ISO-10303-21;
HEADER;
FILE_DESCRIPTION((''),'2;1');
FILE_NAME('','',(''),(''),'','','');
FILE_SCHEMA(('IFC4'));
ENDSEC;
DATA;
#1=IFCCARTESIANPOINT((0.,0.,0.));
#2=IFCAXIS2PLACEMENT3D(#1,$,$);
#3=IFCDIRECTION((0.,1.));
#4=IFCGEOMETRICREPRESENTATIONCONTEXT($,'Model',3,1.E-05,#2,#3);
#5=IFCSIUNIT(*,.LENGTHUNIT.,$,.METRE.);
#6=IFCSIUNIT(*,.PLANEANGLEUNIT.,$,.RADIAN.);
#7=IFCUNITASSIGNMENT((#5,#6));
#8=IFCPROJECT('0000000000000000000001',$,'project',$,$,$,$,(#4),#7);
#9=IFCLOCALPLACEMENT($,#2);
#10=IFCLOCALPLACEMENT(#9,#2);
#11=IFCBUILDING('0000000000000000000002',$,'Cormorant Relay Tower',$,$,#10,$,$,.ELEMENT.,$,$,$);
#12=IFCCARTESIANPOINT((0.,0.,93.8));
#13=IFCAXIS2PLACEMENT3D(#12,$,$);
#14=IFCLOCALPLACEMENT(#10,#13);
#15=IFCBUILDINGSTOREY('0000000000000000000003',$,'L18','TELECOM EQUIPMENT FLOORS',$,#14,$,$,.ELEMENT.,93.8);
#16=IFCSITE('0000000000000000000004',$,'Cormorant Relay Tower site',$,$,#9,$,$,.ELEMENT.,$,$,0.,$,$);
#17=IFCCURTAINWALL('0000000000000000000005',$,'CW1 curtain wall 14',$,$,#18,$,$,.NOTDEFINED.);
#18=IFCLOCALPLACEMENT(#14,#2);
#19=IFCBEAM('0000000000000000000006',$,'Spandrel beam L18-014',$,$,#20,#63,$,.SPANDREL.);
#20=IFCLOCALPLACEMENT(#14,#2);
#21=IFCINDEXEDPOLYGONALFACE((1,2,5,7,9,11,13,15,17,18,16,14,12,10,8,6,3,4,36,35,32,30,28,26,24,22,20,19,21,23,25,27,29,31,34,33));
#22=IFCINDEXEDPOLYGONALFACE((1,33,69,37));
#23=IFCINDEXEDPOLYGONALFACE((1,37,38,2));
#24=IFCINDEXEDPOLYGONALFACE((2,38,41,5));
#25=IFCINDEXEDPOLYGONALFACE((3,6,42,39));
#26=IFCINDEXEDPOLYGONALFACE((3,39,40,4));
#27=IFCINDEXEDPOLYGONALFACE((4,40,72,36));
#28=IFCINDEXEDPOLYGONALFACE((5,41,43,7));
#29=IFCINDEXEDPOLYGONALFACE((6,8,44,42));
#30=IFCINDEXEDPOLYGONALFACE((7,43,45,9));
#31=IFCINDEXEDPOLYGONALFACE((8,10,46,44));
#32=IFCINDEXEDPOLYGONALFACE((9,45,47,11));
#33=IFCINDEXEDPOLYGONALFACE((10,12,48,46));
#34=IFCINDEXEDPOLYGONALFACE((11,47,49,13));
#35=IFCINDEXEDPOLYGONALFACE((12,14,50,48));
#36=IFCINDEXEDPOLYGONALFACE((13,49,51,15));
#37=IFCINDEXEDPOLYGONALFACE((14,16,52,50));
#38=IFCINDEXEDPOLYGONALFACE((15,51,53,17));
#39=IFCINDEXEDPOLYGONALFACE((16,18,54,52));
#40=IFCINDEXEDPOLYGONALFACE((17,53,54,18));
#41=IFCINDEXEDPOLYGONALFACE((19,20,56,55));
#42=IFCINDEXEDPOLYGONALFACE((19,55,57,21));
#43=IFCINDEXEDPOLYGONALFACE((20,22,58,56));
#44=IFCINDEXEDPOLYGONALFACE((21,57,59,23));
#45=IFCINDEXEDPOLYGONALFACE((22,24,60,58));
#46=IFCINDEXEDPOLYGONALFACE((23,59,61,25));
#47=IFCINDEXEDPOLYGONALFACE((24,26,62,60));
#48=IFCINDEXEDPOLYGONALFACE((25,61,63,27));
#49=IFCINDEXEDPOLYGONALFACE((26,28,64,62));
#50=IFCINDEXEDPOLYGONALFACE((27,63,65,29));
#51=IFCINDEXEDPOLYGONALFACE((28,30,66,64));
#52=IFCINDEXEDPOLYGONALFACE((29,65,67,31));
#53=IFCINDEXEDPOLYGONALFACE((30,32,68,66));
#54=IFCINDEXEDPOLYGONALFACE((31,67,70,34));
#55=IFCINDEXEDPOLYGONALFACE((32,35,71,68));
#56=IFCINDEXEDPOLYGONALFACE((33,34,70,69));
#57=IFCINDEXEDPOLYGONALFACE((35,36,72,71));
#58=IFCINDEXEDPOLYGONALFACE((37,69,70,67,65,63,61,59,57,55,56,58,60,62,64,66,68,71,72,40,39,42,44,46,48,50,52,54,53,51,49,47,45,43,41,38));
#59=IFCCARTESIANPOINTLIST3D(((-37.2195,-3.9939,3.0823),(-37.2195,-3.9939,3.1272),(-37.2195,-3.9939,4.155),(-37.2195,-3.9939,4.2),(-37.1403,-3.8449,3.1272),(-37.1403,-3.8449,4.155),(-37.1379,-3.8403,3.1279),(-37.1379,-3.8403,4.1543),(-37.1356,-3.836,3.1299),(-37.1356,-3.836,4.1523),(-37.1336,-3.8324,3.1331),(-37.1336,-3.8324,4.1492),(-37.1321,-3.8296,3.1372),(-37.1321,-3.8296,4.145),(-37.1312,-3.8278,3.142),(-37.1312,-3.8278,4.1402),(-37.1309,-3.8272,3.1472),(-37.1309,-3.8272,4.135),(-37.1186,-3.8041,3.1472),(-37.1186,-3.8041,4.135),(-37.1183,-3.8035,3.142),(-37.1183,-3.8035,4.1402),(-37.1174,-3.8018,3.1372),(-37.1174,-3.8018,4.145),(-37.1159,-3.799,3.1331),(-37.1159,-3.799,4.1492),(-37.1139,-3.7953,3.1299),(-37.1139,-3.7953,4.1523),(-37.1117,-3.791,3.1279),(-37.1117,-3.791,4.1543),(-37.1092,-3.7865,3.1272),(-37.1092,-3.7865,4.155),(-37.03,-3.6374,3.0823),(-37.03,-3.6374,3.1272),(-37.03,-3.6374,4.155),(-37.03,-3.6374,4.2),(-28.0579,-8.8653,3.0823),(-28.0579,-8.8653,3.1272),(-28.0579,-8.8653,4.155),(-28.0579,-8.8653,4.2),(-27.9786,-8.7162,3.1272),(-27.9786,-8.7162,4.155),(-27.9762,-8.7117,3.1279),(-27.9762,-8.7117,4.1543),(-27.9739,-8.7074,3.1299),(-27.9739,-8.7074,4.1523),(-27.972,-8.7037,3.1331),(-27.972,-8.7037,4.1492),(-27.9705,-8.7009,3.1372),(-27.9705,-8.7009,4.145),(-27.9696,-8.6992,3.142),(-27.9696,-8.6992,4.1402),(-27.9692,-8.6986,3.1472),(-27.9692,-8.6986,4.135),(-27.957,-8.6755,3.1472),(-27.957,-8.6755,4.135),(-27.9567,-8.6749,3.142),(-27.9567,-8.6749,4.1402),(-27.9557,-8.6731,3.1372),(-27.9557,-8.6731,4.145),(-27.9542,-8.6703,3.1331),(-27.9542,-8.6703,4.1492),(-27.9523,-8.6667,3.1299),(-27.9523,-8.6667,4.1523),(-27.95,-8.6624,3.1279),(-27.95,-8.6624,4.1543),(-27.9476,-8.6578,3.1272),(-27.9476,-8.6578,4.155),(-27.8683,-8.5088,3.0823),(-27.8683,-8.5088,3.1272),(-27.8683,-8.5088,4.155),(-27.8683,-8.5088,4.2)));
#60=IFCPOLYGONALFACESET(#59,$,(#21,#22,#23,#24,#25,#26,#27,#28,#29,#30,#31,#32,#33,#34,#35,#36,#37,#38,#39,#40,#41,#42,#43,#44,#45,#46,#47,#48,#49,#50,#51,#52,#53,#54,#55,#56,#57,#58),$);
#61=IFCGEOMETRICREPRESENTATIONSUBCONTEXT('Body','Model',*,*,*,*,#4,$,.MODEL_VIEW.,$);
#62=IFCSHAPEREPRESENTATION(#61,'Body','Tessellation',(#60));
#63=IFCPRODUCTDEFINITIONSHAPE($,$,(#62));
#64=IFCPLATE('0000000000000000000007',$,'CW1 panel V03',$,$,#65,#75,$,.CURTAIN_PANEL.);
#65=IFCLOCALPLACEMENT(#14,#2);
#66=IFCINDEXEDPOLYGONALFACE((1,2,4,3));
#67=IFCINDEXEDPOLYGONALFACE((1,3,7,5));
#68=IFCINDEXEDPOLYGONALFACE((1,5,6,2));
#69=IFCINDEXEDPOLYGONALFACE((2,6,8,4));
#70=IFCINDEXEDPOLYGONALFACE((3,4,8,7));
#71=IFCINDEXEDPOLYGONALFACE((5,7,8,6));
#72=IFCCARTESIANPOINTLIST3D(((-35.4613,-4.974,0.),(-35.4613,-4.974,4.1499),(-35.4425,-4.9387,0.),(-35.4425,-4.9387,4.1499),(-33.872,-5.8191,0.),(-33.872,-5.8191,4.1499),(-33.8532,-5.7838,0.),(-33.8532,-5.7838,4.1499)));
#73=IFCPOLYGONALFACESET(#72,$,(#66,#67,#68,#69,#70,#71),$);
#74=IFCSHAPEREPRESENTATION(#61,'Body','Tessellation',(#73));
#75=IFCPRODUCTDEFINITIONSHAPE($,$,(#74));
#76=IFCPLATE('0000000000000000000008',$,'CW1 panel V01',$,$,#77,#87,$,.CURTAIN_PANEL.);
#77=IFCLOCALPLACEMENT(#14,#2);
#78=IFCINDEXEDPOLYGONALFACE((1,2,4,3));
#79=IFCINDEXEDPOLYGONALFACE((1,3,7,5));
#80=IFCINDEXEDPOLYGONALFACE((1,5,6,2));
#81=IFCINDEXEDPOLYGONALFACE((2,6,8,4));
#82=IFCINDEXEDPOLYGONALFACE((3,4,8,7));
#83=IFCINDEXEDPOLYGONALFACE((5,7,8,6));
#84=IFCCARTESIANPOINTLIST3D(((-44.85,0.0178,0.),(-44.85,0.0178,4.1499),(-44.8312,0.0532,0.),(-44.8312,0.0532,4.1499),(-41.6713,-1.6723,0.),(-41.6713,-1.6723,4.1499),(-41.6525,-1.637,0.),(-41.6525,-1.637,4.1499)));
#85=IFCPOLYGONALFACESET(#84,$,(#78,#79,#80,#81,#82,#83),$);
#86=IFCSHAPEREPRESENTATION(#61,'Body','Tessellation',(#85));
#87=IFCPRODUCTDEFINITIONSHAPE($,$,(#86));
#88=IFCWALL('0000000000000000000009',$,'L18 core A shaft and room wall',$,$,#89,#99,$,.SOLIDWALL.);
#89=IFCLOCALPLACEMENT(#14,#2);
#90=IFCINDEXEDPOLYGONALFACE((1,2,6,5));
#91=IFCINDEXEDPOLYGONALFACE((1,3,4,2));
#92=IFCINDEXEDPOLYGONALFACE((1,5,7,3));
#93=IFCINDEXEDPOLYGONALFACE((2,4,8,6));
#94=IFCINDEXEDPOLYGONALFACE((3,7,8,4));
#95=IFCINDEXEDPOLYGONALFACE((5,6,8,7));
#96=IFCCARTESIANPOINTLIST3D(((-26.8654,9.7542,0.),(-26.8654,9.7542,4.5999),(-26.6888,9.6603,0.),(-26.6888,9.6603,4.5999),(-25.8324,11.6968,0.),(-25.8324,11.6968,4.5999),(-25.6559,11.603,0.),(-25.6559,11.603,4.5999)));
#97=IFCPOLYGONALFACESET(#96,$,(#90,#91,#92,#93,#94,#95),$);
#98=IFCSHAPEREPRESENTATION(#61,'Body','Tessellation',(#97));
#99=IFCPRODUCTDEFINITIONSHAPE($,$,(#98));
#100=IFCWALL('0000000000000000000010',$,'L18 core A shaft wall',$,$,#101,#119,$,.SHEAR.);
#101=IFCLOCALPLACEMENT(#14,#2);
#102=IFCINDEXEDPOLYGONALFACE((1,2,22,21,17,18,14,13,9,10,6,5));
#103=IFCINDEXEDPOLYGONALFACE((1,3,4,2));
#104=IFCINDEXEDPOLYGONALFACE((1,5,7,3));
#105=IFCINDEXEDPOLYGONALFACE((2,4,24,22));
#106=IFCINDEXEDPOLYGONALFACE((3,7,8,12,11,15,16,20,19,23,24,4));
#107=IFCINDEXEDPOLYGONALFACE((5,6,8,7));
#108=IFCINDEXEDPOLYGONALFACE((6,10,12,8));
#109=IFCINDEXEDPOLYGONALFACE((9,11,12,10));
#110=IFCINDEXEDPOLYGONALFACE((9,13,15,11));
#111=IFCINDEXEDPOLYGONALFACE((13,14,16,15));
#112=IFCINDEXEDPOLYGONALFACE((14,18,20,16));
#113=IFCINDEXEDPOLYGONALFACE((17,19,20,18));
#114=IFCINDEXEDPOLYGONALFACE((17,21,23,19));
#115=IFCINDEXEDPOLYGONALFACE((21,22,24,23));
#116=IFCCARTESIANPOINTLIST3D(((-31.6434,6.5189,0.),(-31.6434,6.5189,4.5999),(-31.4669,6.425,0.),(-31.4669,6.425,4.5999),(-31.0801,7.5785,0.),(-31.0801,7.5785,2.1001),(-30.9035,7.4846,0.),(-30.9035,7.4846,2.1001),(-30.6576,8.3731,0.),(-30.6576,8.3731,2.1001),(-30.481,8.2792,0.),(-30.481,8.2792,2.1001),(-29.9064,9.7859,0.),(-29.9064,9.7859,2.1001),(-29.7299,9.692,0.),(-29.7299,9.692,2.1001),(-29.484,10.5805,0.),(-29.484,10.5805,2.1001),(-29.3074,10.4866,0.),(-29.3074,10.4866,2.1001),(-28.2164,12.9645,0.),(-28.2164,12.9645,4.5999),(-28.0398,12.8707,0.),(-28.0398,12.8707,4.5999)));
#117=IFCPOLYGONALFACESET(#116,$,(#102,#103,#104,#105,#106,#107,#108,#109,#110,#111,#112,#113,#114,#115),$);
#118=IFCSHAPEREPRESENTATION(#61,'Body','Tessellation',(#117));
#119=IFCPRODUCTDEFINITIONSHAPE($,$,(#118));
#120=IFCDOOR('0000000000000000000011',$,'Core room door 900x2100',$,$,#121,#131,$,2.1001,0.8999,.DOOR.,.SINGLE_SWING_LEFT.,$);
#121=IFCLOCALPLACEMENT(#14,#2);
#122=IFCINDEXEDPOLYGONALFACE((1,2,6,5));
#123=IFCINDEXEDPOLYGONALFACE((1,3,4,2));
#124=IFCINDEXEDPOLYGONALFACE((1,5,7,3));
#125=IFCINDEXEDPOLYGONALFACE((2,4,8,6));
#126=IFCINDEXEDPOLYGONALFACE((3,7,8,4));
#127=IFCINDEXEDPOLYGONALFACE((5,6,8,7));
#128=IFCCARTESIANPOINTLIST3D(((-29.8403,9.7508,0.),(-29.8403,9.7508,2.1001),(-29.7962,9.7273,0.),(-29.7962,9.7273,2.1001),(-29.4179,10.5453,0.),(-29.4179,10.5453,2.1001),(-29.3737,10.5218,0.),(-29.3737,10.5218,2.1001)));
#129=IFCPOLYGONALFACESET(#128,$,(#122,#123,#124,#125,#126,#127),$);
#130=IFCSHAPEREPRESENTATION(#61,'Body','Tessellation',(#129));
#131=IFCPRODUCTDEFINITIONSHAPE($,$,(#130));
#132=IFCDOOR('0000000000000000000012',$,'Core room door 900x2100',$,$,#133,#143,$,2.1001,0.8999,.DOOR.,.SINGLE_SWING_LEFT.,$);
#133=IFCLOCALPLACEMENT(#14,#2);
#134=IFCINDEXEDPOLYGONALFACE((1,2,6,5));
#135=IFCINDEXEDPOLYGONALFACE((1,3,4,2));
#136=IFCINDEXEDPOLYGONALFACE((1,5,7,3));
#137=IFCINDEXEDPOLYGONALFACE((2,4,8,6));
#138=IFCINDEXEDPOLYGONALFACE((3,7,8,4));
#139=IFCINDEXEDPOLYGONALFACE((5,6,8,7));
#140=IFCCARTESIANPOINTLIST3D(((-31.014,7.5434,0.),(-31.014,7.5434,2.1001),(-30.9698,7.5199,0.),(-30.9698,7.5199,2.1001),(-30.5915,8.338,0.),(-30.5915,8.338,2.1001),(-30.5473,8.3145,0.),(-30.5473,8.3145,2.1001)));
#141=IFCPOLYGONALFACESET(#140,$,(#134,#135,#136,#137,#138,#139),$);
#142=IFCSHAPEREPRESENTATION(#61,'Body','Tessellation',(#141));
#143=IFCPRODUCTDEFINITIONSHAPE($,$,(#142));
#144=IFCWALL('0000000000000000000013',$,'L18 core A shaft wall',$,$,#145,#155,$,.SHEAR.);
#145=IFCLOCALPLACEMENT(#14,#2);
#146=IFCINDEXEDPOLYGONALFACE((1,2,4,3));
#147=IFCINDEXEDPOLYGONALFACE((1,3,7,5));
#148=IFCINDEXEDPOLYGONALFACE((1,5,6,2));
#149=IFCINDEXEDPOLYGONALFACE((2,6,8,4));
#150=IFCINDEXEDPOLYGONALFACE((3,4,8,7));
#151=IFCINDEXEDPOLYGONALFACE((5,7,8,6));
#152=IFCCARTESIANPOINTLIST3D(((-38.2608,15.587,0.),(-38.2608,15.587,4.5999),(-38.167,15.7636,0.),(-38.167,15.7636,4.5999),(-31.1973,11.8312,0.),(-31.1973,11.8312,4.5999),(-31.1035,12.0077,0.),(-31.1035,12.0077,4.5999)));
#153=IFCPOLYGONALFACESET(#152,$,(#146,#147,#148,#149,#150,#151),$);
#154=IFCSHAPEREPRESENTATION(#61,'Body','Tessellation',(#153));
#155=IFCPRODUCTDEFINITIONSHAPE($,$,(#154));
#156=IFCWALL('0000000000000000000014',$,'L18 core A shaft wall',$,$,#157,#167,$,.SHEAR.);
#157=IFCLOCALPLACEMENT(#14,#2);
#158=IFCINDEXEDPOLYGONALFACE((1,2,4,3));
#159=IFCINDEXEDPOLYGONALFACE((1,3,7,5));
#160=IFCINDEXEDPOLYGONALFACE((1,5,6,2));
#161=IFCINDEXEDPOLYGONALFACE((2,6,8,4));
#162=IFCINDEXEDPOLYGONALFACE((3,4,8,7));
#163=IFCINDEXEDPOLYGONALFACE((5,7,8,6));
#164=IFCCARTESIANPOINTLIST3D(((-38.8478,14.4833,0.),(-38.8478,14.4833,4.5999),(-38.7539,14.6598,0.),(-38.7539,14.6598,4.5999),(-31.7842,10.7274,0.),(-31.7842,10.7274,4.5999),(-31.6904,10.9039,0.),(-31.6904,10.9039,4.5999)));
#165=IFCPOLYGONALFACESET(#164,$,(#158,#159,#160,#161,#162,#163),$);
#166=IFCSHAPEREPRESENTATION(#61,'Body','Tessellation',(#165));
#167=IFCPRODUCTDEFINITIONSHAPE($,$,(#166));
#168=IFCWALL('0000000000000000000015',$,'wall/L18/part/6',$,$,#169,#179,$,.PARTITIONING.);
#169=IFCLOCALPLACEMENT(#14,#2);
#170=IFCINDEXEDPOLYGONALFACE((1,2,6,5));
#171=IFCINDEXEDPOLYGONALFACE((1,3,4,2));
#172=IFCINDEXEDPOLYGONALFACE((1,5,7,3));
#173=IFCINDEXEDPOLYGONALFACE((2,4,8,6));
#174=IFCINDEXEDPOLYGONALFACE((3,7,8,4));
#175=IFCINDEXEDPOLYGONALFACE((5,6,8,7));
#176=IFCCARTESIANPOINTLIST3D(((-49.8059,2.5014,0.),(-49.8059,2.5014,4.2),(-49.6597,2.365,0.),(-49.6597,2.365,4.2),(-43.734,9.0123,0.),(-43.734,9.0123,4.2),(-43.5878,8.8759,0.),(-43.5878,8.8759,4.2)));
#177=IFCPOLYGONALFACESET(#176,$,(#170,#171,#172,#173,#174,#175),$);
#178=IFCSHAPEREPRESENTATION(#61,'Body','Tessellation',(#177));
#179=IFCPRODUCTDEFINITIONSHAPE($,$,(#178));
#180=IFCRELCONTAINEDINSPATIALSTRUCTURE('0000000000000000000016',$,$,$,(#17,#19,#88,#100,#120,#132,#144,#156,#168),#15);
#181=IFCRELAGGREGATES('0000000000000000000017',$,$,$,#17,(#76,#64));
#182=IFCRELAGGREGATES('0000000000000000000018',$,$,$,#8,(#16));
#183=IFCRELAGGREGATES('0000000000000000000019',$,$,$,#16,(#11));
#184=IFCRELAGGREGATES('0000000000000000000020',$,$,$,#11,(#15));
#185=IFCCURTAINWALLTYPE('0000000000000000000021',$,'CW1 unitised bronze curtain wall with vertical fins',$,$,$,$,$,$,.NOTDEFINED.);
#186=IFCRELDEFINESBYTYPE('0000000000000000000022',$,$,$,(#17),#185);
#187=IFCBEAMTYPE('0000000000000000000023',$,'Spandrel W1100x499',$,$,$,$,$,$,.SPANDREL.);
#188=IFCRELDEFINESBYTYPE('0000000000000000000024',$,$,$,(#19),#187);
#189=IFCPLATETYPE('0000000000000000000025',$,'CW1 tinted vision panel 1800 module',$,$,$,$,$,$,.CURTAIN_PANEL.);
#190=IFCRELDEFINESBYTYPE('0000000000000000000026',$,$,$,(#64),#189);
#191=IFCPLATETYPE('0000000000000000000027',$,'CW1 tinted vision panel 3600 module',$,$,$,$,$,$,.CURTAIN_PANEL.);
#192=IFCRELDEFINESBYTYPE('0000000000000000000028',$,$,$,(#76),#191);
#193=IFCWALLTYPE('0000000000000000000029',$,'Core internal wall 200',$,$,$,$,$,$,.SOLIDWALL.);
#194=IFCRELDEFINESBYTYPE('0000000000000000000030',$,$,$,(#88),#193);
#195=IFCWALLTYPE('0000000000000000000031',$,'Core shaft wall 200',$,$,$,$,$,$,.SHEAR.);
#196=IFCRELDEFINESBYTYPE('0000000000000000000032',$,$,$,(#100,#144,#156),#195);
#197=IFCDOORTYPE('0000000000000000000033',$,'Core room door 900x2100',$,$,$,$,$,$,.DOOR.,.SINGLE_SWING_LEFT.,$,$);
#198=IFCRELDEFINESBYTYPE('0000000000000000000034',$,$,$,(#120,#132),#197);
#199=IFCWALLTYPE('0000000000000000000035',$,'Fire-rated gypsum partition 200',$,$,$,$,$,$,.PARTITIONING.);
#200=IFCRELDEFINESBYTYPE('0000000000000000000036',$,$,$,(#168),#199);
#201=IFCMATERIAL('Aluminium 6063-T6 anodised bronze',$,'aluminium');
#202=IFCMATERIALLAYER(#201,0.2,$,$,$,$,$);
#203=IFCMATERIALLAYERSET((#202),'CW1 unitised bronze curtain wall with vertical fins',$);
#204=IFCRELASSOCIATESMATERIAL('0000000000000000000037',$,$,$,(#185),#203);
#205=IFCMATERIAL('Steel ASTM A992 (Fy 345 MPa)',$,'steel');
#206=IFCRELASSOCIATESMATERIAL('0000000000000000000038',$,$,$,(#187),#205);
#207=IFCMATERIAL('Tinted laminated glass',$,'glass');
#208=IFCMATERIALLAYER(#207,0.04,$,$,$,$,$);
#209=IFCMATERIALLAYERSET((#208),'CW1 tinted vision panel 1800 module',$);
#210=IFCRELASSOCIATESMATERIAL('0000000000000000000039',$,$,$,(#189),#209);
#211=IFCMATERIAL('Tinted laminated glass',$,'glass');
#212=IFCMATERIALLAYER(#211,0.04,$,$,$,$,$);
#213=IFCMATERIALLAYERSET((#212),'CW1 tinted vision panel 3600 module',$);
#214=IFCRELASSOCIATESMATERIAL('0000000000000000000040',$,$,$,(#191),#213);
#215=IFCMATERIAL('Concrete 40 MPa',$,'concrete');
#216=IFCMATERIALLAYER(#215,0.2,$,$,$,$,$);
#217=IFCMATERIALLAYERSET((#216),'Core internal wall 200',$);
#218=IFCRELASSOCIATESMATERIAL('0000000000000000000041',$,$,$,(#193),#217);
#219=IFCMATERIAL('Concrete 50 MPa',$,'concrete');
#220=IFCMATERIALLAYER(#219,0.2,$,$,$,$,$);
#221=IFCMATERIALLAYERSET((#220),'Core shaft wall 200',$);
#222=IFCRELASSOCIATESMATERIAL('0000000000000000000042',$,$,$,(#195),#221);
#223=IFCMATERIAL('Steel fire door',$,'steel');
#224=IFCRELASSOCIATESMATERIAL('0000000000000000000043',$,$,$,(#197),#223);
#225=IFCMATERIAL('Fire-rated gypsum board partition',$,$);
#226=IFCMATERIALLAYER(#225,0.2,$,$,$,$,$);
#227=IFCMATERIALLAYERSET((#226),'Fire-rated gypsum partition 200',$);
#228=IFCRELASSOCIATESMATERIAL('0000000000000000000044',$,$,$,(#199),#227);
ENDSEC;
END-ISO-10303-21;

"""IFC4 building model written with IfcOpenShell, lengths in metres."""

from ifc_helpers import new_model, si_unit, direction, frame, frame_2d, origin, origin_2d, place, context, subcontext, project, spatial, rectangle, i_section, extrude, material, layer, layer_set, material_profile, profile_set, type_object, element, fill, aggregate, save


model = new_model("IFC4")

# Units and contexts
model_context = context("Model", 3, precision=1e-05, world=origin(), true_north=direction((0.0, 1.0)))
body_context = subcontext(model_context, "Body", "Model", "MODEL_VIEW")
ifc_project = project(units=[si_unit("LENGTHUNIT", "METRE"), si_unit("PLANEANGLEUNIT", "RADIAN")], contexts=[model_context])

# Site, building, storey
site_placement = place(None, origin())
site = spatial("IfcSite", under=ifc_project, at=site_placement, Name="Cormorant Relay Tower site", CompositionType="ELEMENT", RefElevation=0.0)
building_placement = place(site_placement, origin())
building = spatial("IfcBuilding", under=site, at=building_placement, Name="Cormorant Relay Tower", CompositionType="ELEMENT")
storey_placement = place(building_placement, frame((0.0, 0.0, 93.8)))
storey = spatial("IfcBuildingStorey", under=building, at=storey_placement, Name="L18", Description="TELECOM EQUIPMENT FLOORS", CompositionType="ELEMENT", Elevation=93.8)

# Curtain wall
ifc_material_1 = material(Name="Aluminium 6063-T6 anodised bronze", Category="aluminium")
ifc_layer_1 = layer(ifc_material_1, 0.2)
ifc_layer_set_1 = layer_set([ifc_layer_1], Name="CW1 unitised bronze curtain wall with vertical fins")
curtain_wall_type = type_object("IfcCurtainWallType", Name="CW1 unitised bronze curtain wall with vertical fins", PredefinedType="NOTDEFINED", material=ifc_layer_set_1)
curtain_wall_placement = place(storey_placement, origin())
curtain_wall = element("IfcCurtainWall", 1, at=curtain_wall_placement, inside=storey, type_object=curtain_wall_type, Name="CW1 curtain wall 14", PredefinedType="NOTDEFINED")

# Beam
ifc_material_2 = material(Name="Steel ASTM A992 (Fy 345 MPa)", Category="steel")
ifc_material_profile_1 = material_profile(ifc_material_2, i_section(OverallWidth=0.4038, OverallDepth=1.1177, WebThickness=0.0261, FlangeThickness=0.0449, FilletRadius=0.02, at=origin_2d()), Name="W1100x499")
ifc_profile_set_1 = profile_set([ifc_material_profile_1], Name="Steel ASTM A992 (Fy 345 MPa)")
beam_type = type_object("IfcBeamType", Name="Spandrel W1100x499", PredefinedType="SPANDREL", material=ifc_profile_set_1)
beam_placement = place(storey_placement, frame((-37.1248, -3.8157, 3.6411), z_axis=(0.882947, -0.469473, 0.0), x_axis=(0.469473, 0.882947, 0.0)))
element("IfcBeam", 2, at=beam_placement, inside=storey, type_object=beam_type, Name="Spandrel beam L18-014", PredefinedType="SPANDREL", context=body_context, shape_type="SweptSolid", body=[
    extrude(i_section(OverallWidth=0.4038, OverallDepth=1.1177, WebThickness=0.0261, FlangeThickness=0.0449, FilletRadius=0.02, at=origin_2d()), origin(), (0.0, 0.0, 1.0), 10.3762),
])

# Plates
ifc_material_3 = material(Name="Tinted laminated glass", Category="glass")
ifc_layer_2 = layer(ifc_material_3, 0.04)
ifc_layer_set_2 = layer_set([ifc_layer_2], Name="CW1 tinted vision panel 1800 module")
plate_type_1 = type_object("IfcPlateType", Name="CW1 tinted vision panel 1800 module", PredefinedType="CURTAIN_PANEL", material=ifc_layer_set_2)
plate_1_placement = place(storey_placement, frame((-34.6572, -5.3789, 0.0), z_axis=(0.0, 0.0, 1.0), x_axis=(0.882948, -0.469472, 0.0)))
plate_1 = element("IfcPlate", 3, at=plate_1_placement, type_object=plate_type_1, Name="CW1 panel V03", PredefinedType="CURTAIN_PANEL", context=body_context, shape_type="SweptSolid", body=[
    extrude(rectangle(XDim=1.8, YDim=0.04, at=origin_2d()), origin(), (0.0, 0.0, 1.0), 4.1499),
])
ifc_material_4 = material(Name="Tinted laminated glass", Category="glass")
ifc_layer_3 = layer(ifc_material_4, 0.04)
ifc_layer_set_3 = layer_set([ifc_layer_3], Name="CW1 tinted vision panel 3600 module")
plate_type_2 = type_object("IfcPlateType", Name="CW1 tinted vision panel 3600 module", PredefinedType="CURTAIN_PANEL", material=ifc_layer_set_3)
plate_2_placement = place(storey_placement, frame((-43.2512, -0.8096, 0.0), z_axis=(0.0, 0.0, 1.0), x_axis=(0.882948, -0.469472, 0.0)))
plate_2 = element("IfcPlate", 4, at=plate_2_placement, type_object=plate_type_2, Name="CW1 panel V01", PredefinedType="CURTAIN_PANEL", context=body_context, shape_type="SweptSolid", body=[
    extrude(rectangle(XDim=3.6001, YDim=0.04, at=origin_2d()), origin(), (0.0, 0.0, 1.0), 4.1499),
])

# Wall
ifc_material_5 = material(Name="Concrete 40 MPa", Category="concrete")
ifc_layer_4 = layer(ifc_material_5, 0.2)
ifc_layer_set_4 = layer_set([ifc_layer_4], Name="Core internal wall 200")
wall_type_1 = type_object("IfcWallType", Name="Core internal wall 200", PredefinedType="SOLIDWALL", material=ifc_layer_set_4)
wall_1_placement = place(storey_placement, frame((-25.7441, 11.6499, 0.0), z_axis=(0.0, 0.0, 1.0), x_axis=(-0.469488, -0.882939, 0.0)))
element("IfcWall", 5, at=wall_1_placement, inside=storey, type_object=wall_type_1, Name="L18 core A shaft and room wall", PredefinedType="SOLIDWALL", context=body_context, shape_type="SweptSolid", body=[
    extrude(rectangle(XDim=2.2002, YDim=0.2, at=frame_2d((1.1001, 0.0))), origin(), (0.0, 0.0, 1.0), 4.5999),
])

# Wall, openings, doors
ifc_material_6 = material(Name="Concrete 50 MPa", Category="concrete")
ifc_layer_5 = layer(ifc_material_6, 0.2)
ifc_layer_set_5 = layer_set([ifc_layer_5], Name="Core shaft wall 200")
wall_type_2 = type_object("IfcWallType", Name="Core shaft wall 200", PredefinedType="SHEAR", material=ifc_layer_set_5)
wall_2_placement = place(storey_placement, frame((-28.1282, 12.9175, 0.0), z_axis=(0.0, 0.0, 1.0), x_axis=(-0.469454, -0.882957, 0.0)))
wall_2 = element("IfcWall", 6, at=wall_2_placement, inside=storey, type_object=wall_type_2, Name="L18 core A shaft wall", PredefinedType="SHEAR", context=body_context, shape_type="SweptSolid", body=[
    extrude(rectangle(XDim=7.3, YDim=0.2, at=frame_2d((3.6499, 0.0))), origin(), (0.0, 0.0, 1.0), 4.5999),
])
opening_1_placement = place(wall_2_placement, frame((2.7, 0.0, 0.0)))
opening_1 = element("IfcOpeningElement", 7, at=opening_1_placement, cuts=wall_2, PredefinedType="OPENING", context=body_context, shape_type="SweptSolid", body=[
    extrude(rectangle(XDim=0.8999, YDim=2.1001, at=frame_2d((0.45, 1.05))), frame((0.0, 0.1099, 0.0), z_axis=(0.0, -1.0, 0.0), x_axis=(1.0, 0.0, 0.0)), (0.0, 0.0, 1.0), 0.22),
])
opening_2_placement = place(wall_2_placement, frame((5.2, 0.0, 0.0)))
opening_2 = element("IfcOpeningElement", 8, at=opening_2_placement, cuts=wall_2, PredefinedType="OPENING", context=body_context, shape_type="SweptSolid", body=[
    extrude(rectangle(XDim=0.8999, YDim=2.1001, at=frame_2d((0.45, 1.05))), frame((0.0, 0.1099, 0.0), z_axis=(0.0, -1.0, 0.0), x_axis=(1.0, 0.0, 0.0)), (0.0, 0.0, 1.0), 0.22),
])
ifc_material_7 = material(Name="Steel fire door", Category="steel")
door_type = type_object("IfcDoorType", Name="Core room door 900x2100", OperationType="SINGLE_SWING_LEFT", PredefinedType="DOOR", material=ifc_material_7)
door_1_placement = place(opening_1_placement, origin())
door_1 = element("IfcDoor", 9, at=door_1_placement, inside=storey, type_object=door_type, Name="Core room door 900x2100", OperationType="SINGLE_SWING_LEFT", OverallHeight=2.1001, OverallWidth=0.8999, PredefinedType="DOOR", context=body_context, shape_type="SweptSolid", body=[
    extrude(rectangle(XDim=0.8999, YDim=2.1001, at=frame_2d((0.45, 1.05))), frame((0.0, 0.0249, 0.0), z_axis=(0.0, -1.0, 0.0), x_axis=(1.0, 0.0, 0.0)), (0.0, 0.0, 1.0), 0.05),
])
fill(opening_1, door_1)
door_2_placement = place(opening_2_placement, origin())
door_2 = element("IfcDoor", 10, at=door_2_placement, inside=storey, type_object=door_type, Name="Core room door 900x2100", OperationType="SINGLE_SWING_LEFT", OverallHeight=2.1001, OverallWidth=0.8999, PredefinedType="DOOR", context=body_context, shape_type="SweptSolid", body=[
    extrude(rectangle(XDim=0.8999, YDim=2.1001, at=frame_2d((0.45, 1.05))), frame((0.0, 0.0249, 0.0), z_axis=(0.0, -1.0, 0.0), x_axis=(1.0, 0.0, 0.0)), (0.0, 0.0, 1.0), 0.05),
])
fill(opening_2, door_2)

# Walls
for number, where, z_axis, x_axis, name in (
    (11, (-31.1504, 11.9194, 0.0), (0.0, 0.0, 1.0), (-0.88294, 0.469485, 0.0), "L18 core A shaft wall"),
    (12, (-31.7373, 10.8157, 0.0), (0.0, 0.0, 1.0), (-0.88294, 0.469485, 0.0), "L18 core A shaft wall"),
):
    element("IfcWall", number, at=place(storey_placement, frame(where, z_axis=z_axis, x_axis=x_axis)), inside=storey, type_object=wall_type_2, Name=name, PredefinedType="SHEAR", context=body_context, shape_type="SweptSolid", body=[
        extrude(rectangle(XDim=8.0, YDim=0.2, at=frame_2d((4.0, 0.0))), origin(), (0.0, 0.0, 1.0), 4.5999),
    ])
ifc_material_8 = material(Name="Fire-rated gypsum board partition")
ifc_layer_6 = layer(ifc_material_8, 0.2)
ifc_layer_set_6 = layer_set([ifc_layer_6], Name="Fire-rated gypsum partition 200")
wall_type_3 = type_object("IfcWallType", Name="Fire-rated gypsum partition 200", PredefinedType="PARTITIONING", material=ifc_layer_set_6)
wall_3_placement = place(storey_placement, frame((-43.6609, 8.9441, 0.0), z_axis=(0.0, 0.0, 1.0), x_axis=(-0.682024, -0.73133, 0.0)))
element("IfcWall", 13, at=wall_3_placement, inside=storey, type_object=wall_type_3, Name="wall/L18/part/6", PredefinedType="PARTITIONING", context=body_context, shape_type="SweptSolid", body=[
    extrude(rectangle(XDim=8.9028, YDim=0.2, at=frame_2d((4.4514, 0.0))), origin(), (0.0, 0.0, 1.0), 4.2),
])

aggregate(curtain_wall, [plate_2, plate_1])

save(model, "model.ifc")
